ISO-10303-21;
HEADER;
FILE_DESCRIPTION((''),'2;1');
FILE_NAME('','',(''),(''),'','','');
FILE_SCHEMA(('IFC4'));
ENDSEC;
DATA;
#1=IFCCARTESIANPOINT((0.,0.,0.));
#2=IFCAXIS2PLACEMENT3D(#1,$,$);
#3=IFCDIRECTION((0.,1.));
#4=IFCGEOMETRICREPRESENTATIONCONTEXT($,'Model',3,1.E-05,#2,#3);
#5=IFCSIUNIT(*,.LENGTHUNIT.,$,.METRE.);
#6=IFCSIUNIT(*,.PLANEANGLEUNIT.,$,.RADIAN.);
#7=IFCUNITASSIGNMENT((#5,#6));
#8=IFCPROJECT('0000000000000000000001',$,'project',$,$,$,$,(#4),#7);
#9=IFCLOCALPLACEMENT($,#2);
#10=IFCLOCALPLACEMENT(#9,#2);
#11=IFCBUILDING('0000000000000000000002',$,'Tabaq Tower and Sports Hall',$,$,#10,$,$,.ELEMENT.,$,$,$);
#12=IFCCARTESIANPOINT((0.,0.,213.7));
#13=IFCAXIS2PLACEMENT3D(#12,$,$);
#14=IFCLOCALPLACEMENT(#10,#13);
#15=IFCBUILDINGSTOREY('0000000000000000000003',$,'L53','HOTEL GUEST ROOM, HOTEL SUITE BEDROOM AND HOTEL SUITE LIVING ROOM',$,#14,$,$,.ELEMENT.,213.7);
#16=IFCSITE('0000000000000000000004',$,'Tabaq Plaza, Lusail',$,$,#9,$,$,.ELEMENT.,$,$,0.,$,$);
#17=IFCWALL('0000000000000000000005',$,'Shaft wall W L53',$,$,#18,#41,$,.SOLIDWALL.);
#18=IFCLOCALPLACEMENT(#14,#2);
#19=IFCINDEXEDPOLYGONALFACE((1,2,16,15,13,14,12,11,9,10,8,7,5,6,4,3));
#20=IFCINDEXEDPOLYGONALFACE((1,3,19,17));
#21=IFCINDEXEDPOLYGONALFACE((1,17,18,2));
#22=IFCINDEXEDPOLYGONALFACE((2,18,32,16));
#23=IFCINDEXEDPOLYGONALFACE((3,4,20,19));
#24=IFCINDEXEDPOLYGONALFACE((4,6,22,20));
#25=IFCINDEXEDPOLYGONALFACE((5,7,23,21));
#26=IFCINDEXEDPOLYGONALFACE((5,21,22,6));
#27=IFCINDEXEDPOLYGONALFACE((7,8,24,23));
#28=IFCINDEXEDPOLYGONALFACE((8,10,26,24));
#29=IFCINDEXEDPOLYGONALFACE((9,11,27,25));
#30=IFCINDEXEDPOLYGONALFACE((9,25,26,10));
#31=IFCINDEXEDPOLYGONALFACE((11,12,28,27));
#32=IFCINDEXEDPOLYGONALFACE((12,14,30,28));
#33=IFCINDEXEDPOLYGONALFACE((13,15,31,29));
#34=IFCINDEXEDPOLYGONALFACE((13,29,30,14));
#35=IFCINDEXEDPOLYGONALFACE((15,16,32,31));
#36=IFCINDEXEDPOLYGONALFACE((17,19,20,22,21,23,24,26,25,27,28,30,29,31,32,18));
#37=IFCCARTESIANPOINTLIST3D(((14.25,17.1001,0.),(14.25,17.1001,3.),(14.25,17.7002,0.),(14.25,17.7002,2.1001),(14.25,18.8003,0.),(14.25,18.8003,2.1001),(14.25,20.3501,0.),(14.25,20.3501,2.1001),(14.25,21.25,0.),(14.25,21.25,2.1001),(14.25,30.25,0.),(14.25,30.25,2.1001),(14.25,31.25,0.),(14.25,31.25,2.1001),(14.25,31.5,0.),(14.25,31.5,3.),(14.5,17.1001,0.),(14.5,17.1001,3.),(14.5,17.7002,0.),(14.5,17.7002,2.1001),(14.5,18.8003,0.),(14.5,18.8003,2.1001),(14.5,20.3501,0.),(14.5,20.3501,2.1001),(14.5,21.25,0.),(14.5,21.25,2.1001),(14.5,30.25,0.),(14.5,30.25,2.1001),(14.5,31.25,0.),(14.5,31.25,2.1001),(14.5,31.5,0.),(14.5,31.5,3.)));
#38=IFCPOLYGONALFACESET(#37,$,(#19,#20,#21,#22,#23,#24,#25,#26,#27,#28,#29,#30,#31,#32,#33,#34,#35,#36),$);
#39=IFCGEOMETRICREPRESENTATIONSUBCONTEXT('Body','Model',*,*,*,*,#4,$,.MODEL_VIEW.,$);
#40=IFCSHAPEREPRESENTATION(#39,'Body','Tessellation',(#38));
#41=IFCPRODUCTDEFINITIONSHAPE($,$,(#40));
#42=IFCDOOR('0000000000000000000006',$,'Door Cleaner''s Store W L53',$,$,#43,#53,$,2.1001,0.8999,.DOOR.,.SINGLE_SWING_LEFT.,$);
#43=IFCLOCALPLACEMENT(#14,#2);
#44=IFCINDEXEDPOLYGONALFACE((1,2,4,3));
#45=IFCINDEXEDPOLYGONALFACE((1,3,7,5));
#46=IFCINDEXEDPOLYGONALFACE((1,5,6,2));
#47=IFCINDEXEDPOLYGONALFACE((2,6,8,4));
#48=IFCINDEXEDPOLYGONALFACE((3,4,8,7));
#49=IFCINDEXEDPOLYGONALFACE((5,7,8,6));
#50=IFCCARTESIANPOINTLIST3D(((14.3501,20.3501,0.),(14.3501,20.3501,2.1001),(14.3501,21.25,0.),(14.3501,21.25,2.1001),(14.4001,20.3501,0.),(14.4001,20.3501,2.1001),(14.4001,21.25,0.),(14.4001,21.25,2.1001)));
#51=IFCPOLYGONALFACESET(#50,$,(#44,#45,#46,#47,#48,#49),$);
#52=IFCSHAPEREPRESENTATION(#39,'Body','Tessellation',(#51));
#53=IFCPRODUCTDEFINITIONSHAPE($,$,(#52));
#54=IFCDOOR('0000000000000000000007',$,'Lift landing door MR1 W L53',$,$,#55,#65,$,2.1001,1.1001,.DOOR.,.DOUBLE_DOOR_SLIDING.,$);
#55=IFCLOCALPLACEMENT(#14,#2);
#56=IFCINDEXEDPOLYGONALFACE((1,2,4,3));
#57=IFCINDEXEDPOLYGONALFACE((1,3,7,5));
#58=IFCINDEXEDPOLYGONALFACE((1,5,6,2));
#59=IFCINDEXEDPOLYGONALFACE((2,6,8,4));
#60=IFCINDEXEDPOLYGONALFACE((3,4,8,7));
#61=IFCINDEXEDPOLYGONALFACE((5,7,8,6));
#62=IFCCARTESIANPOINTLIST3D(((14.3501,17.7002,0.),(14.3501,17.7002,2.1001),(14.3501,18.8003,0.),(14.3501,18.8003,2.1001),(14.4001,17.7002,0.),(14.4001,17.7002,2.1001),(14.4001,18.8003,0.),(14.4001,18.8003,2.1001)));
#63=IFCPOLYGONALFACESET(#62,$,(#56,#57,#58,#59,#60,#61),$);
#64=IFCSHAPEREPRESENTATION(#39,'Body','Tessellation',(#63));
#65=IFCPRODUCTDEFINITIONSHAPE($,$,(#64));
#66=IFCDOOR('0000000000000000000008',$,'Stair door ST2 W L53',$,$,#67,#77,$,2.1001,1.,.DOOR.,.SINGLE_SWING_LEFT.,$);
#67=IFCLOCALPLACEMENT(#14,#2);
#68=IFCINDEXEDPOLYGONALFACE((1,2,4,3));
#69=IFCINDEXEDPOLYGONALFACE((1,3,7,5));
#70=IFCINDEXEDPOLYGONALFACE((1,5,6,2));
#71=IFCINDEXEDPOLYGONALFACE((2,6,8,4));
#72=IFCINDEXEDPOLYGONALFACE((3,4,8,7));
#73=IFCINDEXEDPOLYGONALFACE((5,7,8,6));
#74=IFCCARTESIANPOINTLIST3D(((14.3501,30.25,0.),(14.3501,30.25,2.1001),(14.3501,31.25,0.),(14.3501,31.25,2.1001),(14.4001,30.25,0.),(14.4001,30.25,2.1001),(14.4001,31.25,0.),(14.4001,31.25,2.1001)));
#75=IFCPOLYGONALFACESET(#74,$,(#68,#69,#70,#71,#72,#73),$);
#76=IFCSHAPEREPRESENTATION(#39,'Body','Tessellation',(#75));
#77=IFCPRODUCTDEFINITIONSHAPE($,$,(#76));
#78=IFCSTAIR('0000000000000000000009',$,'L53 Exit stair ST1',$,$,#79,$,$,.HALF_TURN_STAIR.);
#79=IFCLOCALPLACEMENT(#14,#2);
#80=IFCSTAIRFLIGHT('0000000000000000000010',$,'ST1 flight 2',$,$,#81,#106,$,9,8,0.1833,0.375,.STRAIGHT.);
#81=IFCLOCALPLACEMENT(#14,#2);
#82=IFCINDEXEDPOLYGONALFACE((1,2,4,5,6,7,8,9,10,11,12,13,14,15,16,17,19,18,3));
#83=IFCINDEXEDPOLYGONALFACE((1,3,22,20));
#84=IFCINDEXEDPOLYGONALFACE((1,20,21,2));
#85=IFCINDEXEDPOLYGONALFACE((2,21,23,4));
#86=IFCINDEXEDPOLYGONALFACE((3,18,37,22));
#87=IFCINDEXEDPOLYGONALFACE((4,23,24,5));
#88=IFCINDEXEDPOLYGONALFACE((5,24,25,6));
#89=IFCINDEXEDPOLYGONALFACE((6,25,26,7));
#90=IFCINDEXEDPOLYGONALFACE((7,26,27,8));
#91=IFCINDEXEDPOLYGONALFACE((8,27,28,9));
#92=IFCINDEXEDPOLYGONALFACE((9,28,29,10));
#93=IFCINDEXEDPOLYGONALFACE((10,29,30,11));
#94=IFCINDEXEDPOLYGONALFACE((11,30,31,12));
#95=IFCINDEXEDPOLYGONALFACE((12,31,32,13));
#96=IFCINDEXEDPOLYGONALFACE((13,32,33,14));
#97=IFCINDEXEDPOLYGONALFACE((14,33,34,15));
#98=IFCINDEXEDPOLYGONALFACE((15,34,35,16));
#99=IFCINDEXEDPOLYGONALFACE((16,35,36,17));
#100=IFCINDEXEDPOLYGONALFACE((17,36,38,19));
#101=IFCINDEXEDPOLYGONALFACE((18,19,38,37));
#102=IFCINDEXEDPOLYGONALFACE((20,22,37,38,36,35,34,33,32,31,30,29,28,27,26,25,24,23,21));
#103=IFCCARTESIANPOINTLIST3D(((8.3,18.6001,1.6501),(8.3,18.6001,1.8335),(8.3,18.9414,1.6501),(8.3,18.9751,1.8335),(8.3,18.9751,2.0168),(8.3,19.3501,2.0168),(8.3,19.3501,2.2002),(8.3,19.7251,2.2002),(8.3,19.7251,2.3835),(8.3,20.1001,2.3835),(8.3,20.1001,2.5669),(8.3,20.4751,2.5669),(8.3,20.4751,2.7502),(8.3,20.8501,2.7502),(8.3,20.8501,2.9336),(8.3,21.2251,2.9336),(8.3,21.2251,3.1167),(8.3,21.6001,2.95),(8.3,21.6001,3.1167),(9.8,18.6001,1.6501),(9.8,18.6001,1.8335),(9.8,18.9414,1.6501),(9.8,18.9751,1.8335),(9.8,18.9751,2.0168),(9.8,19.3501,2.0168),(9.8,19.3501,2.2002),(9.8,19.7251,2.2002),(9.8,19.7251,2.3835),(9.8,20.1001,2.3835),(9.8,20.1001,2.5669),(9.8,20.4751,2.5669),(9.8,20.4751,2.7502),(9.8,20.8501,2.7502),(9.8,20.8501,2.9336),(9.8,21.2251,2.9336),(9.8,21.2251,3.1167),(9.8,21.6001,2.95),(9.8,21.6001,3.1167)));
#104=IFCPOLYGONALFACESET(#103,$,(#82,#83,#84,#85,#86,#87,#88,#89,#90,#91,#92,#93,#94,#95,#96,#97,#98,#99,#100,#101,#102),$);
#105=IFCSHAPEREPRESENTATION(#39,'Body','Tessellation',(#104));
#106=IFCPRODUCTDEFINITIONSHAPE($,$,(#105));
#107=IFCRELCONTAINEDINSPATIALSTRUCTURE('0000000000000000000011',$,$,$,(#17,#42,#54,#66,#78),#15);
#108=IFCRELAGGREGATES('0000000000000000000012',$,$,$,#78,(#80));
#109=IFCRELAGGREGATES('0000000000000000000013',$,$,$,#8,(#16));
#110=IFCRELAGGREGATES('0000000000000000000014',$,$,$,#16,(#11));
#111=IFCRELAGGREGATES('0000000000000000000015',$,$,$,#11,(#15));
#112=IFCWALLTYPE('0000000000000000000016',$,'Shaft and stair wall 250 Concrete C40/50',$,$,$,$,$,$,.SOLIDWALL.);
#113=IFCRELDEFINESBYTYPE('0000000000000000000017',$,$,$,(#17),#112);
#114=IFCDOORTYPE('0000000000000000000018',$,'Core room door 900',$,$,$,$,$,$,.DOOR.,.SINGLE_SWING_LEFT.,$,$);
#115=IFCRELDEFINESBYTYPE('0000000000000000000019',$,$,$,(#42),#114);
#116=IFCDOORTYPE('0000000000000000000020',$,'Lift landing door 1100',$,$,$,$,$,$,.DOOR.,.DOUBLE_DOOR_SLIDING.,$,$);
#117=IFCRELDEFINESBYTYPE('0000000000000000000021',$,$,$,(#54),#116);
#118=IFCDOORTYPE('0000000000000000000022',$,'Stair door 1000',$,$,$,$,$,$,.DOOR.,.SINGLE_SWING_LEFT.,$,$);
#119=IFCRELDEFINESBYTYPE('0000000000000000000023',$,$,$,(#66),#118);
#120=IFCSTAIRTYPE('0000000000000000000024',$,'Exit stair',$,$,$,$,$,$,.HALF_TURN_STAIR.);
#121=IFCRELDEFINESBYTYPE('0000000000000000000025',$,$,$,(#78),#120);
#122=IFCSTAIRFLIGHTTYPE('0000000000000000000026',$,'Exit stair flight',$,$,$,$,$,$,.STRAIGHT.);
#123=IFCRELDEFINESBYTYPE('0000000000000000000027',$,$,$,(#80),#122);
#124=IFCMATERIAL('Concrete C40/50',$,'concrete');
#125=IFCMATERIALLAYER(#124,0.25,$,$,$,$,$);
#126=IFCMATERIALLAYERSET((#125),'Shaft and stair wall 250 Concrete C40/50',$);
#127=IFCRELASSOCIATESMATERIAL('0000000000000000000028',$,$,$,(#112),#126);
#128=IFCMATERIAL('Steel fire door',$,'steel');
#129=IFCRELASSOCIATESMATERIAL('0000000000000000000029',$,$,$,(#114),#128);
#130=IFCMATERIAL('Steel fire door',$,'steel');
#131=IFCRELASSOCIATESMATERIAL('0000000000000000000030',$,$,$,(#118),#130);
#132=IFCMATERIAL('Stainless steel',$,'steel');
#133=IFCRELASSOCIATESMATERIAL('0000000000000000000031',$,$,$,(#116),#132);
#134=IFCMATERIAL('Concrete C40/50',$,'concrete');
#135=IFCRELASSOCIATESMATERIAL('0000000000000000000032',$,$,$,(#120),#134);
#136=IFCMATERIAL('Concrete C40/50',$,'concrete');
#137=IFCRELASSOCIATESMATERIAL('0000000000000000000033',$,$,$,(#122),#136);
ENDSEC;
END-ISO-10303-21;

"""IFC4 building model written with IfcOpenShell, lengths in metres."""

from ifc_helpers import new_model, si_unit, direction, frame, frame_2d, origin, place, context, subcontext, project, spatial, polyline, rectangle, outline, extrude, material, layer, layer_set, type_object, element, fill, aggregate, save


model = new_model("IFC4")

# Units and contexts
model_context = context("Model", 3, precision=1e-05, world=origin(), true_north=direction((0.0, 1.0)))
body_context = subcontext(model_context, "Body", "Model", "MODEL_VIEW")
ifc_project = project(units=[si_unit("LENGTHUNIT", "METRE"), si_unit("PLANEANGLEUNIT", "RADIAN")], contexts=[model_context])

# Site, building, storey
site_placement = place(None, origin())
site = spatial("IfcSite", under=ifc_project, at=site_placement, Name="Tabaq Plaza, Lusail", CompositionType="ELEMENT", RefElevation=0.0)
building_placement = place(site_placement, origin())
building = spatial("IfcBuilding", under=site, at=building_placement, Name="Tabaq Tower and Sports Hall", CompositionType="ELEMENT")
storey_placement = place(building_placement, frame((0.0, 0.0, 213.7)))
storey = spatial("IfcBuildingStorey", under=building, at=storey_placement, Name="L53", Description="HOTEL GUEST ROOM, HOTEL SUITE BEDROOM AND HOTEL SUITE LIVING ROOM", CompositionType="ELEMENT", Elevation=213.7)

# Wall, openings, doors
ifc_material_1 = material(Name="Concrete C40/50", Category="concrete")
ifc_layer_1 = layer(ifc_material_1, 0.25)
ifc_layer_set_1 = layer_set([ifc_layer_1], Name="Shaft and stair wall 250 Concrete C40/50")
wall_type_1 = type_object("IfcWallType", Name="Shaft and stair wall 250 Concrete C40/50", PredefinedType="SOLIDWALL", material=ifc_layer_set_1)
ifc_material_2 = material(Name="Steel fire door", Category="steel")
door_type_1 = type_object("IfcDoorType", Name="Core room door 900", OperationType="SINGLE_SWING_LEFT", PredefinedType="DOOR", material=ifc_material_2)
ifc_material_3 = material(Name="Steel fire door", Category="steel")
door_type_2 = type_object("IfcDoorType", Name="Stair door 1000", OperationType="SINGLE_SWING_LEFT", PredefinedType="DOOR", material=ifc_material_3)
wall_1_placement = place(storey_placement, frame((14.375, 17.1001, 0.0), z_axis=(0.0, 0.0, 1.0), x_axis=(0.0, 1.0, 0.0)))
wall_1 = element("IfcWall", 1, at=wall_1_placement, inside=storey, type_object=wall_type_1, Name="Shaft wall W L53", PredefinedType="SOLIDWALL", context=body_context, shape_type="SweptSolid", body=[
    extrude(rectangle(XDim=14.3999, YDim=0.25, at=frame_2d((7.2, 0.0))), origin(), (0.0, 0.0, 1.0), 3.0),
])
opening_1_placement = place(wall_1_placement, frame((13.1499, 0.0, 0.0)))
opening_1 = element("IfcOpeningElement", 2, at=opening_1_placement, cuts=wall_1, PredefinedType="OPENING", context=body_context, shape_type="SweptSolid", body=[
    extrude(rectangle(XDim=1.0, YDim=2.1001, at=frame_2d((0.5, 1.05))), frame((0.0, 0.125, 0.0), z_axis=(0.0, -1.0, 0.0), x_axis=(1.0, 0.0, 0.0)), (0.0, 0.0, 1.0), 0.25),
])
opening_2_placement = place(wall_1_placement, frame((0.6001, 0.0, 0.0)))
opening_2 = element("IfcOpeningElement", 3, at=opening_2_placement, cuts=wall_1, PredefinedType="OPENING", context=body_context, shape_type="SweptSolid", body=[
    extrude(rectangle(XDim=1.1001, YDim=2.1001, at=frame_2d((0.55, 1.05))), frame((0.0, 0.125, 0.0), z_axis=(0.0, -1.0, 0.0), x_axis=(1.0, 0.0, 0.0)), (0.0, 0.0, 1.0), 0.25),
])
opening_3_placement = place(wall_1_placement, frame((3.25, 0.0, 0.0)))
opening_3 = element("IfcOpeningElement", 4, at=opening_3_placement, cuts=wall_1, PredefinedType="OPENING", context=body_context, shape_type="SweptSolid", body=[
    extrude(rectangle(XDim=0.8999, YDim=2.1001, at=frame_2d((0.45, 1.05))), frame((0.0, 0.125, 0.0), z_axis=(0.0, -1.0, 0.0), x_axis=(1.0, 0.0, 0.0)), (0.0, 0.0, 1.0), 0.25),
])
door_1_placement = place(opening_3_placement, origin())
door_1 = element("IfcDoor", 5, at=door_1_placement, inside=storey, type_object=door_type_1, Name="Door Cleaner's Store W L53", OperationType="SINGLE_SWING_LEFT", OverallHeight=2.1001, OverallWidth=0.8999, PredefinedType="DOOR", context=body_context, shape_type="SweptSolid", body=[
    extrude(rectangle(XDim=0.8999, YDim=2.1001, at=frame_2d((0.45, 1.05))), frame((0.0, 0.0249, 0.0), z_axis=(0.0, -1.0, 0.0), x_axis=(1.0, 0.0, 0.0)), (0.0, 0.0, 1.0), 0.05),
])
fill(opening_3, door_1)
ifc_material_4 = material(Name="Stainless steel", Category="steel")
door_type_3 = type_object("IfcDoorType", Name="Lift landing door 1100", OperationType="DOUBLE_DOOR_SLIDING", PredefinedType="DOOR", material=ifc_material_4)
door_2_placement = place(opening_2_placement, origin())
door_2 = element("IfcDoor", 6, at=door_2_placement, inside=storey, type_object=door_type_3, Name="Lift landing door MR1 W L53", OperationType="DOUBLE_DOOR_SLIDING", OverallHeight=2.1001, OverallWidth=1.1001, PredefinedType="DOOR", context=body_context, shape_type="SweptSolid", body=[
    extrude(rectangle(XDim=1.1001, YDim=2.1001, at=frame_2d((0.55, 1.05))), frame((0.0, 0.0249, 0.0), z_axis=(0.0, -1.0, 0.0), x_axis=(1.0, 0.0, 0.0)), (0.0, 0.0, 1.0), 0.05),
])
fill(opening_2, door_2)
door_3_placement = place(opening_1_placement, origin())
door_3 = element("IfcDoor", 7, at=door_3_placement, inside=storey, type_object=door_type_2, Name="Stair door ST2 W L53", OperationType="SINGLE_SWING_LEFT", OverallHeight=2.1001, OverallWidth=1.0, PredefinedType="DOOR", context=body_context, shape_type="SweptSolid", body=[
    extrude(rectangle(XDim=1.0, YDim=2.1001, at=frame_2d((0.5, 1.05))), frame((0.0, 0.0249, 0.0), z_axis=(0.0, -1.0, 0.0), x_axis=(1.0, 0.0, 0.0)), (0.0, 0.0, 1.0), 0.05),
])
fill(opening_1, door_3)

# Stair, stair flight
ifc_material_5 = material(Name="Concrete C40/50", Category="concrete")
stair_type = type_object("IfcStairType", Name="Exit stair", PredefinedType="HALF_TURN_STAIR", material=ifc_material_5)
stair_placement = place(storey_placement, origin())
stair = element("IfcStair", 8, at=stair_placement, inside=storey, type_object=stair_type, Name="L53 Exit stair ST1", PredefinedType="HALF_TURN_STAIR")
ifc_material_6 = material(Name="Concrete C40/50", Category="concrete")
stair_flight_type = type_object("IfcStairFlightType", Name="Exit stair flight", PredefinedType="STRAIGHT", material=ifc_material_6)
stair_flight_placement = place(storey_placement, frame((9.05, 18.6001, 1.6501), z_axis=(0.0, 0.0, 1.0), x_axis=(0.0, 1.0, 0.0)))
stair_flight = element("IfcStairFlight", 9, at=stair_flight_placement, type_object=stair_flight_type, Name="ST1 flight 2", NumberOfRisers=9, NumberOfTreads=8, PredefinedType="STRAIGHT", RiserHeight=0.1833, TreadLength=0.375, context=body_context, shape_type="SweptSolid", body=[
    extrude(outline(polyline([(0.0, 0.0), (0.0, 0.1833), (0.375, 0.1833), (0.375, 0.3667), (0.75, 0.3667), (0.75, 0.55), (1.125, 0.55), (1.125, 0.7334), (1.5, 0.7334), (1.5, 0.9167), (1.875, 0.9167), (1.875, 1.1001), (2.25, 1.1001), (2.25, 1.2834), (2.625, 1.2834), (2.625, 1.4666), (3.0, 1.4666), (3.0, 1.6499), (3.0, 1.2998), (0.3413, 0.0), (0.0, 0.0)])), frame((0.0, 0.75, 0.0), z_axis=(0.0, -1.0, 0.0), x_axis=(1.0, 0.0, 0.0)), (0.0, 0.0, 1.0), 1.5),
])
aggregate(stair, [stair_flight])

save(model, "model.ifc")
